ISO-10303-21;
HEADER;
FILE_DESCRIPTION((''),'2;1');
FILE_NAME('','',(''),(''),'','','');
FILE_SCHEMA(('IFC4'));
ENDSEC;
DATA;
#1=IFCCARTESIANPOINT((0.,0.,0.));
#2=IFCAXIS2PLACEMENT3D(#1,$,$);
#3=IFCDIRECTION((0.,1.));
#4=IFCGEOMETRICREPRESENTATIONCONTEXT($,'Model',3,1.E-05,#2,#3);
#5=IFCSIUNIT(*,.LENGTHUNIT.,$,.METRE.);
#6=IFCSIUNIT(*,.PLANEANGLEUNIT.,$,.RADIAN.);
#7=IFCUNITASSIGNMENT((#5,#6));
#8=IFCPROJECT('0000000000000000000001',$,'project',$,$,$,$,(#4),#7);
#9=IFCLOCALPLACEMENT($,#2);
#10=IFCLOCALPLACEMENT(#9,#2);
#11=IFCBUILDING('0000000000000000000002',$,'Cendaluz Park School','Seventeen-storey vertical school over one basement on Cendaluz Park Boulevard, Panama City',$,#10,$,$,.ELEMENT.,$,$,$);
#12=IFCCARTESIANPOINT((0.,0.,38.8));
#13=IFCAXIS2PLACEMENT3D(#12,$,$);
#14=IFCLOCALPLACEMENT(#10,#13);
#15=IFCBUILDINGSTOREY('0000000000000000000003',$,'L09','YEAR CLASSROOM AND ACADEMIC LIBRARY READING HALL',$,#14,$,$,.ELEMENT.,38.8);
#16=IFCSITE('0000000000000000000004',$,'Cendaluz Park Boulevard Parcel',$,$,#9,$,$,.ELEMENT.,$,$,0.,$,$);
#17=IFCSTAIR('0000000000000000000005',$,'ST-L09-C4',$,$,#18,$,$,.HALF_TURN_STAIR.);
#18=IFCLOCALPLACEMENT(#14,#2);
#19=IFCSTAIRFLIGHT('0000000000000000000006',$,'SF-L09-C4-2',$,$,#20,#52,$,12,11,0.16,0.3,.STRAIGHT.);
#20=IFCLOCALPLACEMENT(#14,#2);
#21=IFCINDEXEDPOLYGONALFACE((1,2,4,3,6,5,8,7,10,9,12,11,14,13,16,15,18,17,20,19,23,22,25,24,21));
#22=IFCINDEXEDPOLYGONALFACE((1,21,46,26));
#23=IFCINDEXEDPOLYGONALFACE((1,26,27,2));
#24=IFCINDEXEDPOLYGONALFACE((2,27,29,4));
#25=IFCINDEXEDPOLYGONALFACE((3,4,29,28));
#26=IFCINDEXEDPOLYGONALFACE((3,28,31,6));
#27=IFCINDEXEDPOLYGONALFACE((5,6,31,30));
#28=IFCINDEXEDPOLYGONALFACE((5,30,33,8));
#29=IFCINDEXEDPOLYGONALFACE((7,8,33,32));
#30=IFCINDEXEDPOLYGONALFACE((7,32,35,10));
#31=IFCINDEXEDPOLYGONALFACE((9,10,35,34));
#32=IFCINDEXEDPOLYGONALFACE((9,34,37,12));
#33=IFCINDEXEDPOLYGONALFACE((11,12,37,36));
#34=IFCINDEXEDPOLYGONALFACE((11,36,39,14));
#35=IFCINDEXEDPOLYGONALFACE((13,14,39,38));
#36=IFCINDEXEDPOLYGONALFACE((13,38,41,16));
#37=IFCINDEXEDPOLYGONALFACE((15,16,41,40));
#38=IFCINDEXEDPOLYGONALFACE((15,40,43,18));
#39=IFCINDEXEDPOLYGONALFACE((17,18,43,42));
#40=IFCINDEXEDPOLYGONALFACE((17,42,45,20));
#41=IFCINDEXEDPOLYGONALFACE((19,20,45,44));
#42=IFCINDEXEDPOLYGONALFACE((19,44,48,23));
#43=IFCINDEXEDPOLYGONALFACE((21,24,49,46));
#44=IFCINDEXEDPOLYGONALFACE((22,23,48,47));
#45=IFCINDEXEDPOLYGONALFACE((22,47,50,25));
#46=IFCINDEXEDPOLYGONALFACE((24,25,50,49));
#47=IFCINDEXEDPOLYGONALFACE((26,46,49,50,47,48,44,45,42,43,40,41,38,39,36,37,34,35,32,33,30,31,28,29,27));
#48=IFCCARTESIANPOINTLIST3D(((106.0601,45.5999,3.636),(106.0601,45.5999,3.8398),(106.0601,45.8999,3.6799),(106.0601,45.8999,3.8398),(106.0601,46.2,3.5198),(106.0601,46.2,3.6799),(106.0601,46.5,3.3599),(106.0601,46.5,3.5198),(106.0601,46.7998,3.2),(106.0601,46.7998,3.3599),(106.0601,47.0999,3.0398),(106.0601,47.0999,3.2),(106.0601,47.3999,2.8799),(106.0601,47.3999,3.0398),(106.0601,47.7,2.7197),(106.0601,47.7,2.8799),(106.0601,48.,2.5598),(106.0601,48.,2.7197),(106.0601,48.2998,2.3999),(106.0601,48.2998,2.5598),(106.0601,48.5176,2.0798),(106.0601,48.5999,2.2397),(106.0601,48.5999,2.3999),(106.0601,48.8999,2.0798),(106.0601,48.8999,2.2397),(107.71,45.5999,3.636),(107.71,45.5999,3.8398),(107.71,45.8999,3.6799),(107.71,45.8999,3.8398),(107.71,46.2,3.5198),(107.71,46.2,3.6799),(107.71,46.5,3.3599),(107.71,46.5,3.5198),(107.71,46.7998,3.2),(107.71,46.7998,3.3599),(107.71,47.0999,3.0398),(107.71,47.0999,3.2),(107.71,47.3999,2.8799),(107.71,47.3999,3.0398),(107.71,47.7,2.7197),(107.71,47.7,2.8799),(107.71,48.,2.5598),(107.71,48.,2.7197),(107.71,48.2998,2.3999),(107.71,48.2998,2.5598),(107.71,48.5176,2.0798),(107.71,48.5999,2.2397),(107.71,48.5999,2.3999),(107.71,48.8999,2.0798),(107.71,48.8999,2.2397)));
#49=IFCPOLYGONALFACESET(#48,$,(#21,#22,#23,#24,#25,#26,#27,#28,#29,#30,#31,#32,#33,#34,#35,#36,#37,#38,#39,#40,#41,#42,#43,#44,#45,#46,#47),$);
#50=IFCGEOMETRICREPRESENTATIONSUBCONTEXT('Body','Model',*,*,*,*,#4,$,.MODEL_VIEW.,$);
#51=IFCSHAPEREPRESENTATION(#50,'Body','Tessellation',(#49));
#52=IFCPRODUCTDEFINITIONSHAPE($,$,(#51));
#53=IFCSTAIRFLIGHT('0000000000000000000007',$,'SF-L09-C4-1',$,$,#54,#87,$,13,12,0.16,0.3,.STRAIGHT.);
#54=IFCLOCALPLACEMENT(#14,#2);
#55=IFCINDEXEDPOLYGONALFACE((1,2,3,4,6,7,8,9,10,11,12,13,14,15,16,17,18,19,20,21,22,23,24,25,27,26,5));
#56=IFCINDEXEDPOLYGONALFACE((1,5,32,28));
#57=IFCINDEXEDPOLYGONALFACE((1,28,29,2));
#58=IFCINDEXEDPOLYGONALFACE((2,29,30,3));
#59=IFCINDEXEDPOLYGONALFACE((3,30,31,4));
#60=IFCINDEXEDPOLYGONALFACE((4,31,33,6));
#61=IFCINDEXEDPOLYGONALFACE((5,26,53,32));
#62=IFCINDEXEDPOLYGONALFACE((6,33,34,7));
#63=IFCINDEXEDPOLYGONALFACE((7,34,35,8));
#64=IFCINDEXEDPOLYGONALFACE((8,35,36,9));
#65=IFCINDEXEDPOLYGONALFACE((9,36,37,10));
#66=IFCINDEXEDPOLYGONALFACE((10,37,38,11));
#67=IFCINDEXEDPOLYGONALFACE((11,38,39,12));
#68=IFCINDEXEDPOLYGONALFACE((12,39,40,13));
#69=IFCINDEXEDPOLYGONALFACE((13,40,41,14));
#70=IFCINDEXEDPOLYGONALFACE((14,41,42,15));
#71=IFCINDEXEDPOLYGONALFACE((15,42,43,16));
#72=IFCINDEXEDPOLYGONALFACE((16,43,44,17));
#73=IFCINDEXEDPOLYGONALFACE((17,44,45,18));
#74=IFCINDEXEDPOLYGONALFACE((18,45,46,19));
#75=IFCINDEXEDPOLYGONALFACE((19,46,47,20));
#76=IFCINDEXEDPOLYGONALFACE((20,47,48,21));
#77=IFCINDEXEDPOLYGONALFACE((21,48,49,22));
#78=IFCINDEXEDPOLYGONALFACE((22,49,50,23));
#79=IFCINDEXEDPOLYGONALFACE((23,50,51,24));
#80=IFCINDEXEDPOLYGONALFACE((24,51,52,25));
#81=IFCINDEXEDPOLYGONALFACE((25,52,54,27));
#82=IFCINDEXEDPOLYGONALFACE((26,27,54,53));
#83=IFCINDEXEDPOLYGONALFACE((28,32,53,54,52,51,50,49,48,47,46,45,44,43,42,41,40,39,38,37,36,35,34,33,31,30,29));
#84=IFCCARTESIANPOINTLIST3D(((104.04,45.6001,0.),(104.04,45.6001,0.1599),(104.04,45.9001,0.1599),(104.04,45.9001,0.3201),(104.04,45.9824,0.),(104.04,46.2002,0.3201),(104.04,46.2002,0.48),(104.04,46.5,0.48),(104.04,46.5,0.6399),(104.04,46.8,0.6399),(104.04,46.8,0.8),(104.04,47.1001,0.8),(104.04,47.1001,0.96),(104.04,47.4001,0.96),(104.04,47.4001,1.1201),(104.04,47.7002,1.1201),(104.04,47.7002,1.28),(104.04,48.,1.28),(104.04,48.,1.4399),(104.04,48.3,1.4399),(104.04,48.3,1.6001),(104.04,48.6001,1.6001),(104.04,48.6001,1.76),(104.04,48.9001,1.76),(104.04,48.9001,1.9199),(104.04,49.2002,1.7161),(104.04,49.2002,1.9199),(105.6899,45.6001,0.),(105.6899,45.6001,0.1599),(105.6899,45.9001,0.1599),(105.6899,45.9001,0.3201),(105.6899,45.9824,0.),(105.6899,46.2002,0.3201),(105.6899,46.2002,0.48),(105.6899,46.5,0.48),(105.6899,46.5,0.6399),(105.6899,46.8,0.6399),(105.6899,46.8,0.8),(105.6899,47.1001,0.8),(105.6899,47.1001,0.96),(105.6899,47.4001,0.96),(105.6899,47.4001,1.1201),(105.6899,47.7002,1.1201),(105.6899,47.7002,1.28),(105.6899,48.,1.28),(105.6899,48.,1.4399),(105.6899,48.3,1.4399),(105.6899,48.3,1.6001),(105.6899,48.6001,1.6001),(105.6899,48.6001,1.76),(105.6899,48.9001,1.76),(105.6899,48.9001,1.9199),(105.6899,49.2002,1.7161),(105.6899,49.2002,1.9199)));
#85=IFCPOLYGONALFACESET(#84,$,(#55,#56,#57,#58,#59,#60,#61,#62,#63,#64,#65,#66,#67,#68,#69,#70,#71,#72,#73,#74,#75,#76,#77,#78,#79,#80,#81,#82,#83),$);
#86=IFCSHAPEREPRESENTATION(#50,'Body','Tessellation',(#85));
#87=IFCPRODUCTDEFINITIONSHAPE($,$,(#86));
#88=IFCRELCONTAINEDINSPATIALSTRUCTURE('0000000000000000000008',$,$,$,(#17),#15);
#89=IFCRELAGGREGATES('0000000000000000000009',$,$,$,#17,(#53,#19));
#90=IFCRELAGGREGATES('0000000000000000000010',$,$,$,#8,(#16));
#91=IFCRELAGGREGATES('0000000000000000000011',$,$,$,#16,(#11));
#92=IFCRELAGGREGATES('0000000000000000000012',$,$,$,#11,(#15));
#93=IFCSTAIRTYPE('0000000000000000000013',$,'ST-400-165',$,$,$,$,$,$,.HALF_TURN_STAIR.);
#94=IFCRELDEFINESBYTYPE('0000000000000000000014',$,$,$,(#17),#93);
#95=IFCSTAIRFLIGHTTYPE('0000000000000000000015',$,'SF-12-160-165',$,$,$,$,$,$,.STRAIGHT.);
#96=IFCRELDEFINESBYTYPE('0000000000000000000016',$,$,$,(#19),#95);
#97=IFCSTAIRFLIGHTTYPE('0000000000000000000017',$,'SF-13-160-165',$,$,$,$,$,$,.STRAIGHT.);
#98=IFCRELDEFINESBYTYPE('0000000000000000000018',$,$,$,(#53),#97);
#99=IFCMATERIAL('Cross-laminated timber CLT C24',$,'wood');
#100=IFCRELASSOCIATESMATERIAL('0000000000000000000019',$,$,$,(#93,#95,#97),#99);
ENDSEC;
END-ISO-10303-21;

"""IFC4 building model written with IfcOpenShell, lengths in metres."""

from ifc_helpers import new_model, si_unit, direction, frame, origin, place, context, subcontext, project, spatial, polyline, outline, extrude, material, type_object, element, aggregate, save


model = new_model("IFC4")

# Units and contexts
model_context = context("Model", 3, precision=1e-05, world=origin(), true_north=direction((0.0, 1.0)))
body_context = subcontext(model_context, "Body", "Model", "MODEL_VIEW")
ifc_project = project(units=[si_unit("LENGTHUNIT", "METRE"), si_unit("PLANEANGLEUNIT", "RADIAN")], contexts=[model_context])

# Site, building, storey
site_placement = place(None, origin())
site = spatial("IfcSite", under=ifc_project, at=site_placement, Name="Cendaluz Park Boulevard Parcel", CompositionType="ELEMENT", RefElevation=0.0)
building_placement = place(site_placement, origin())
building = spatial("IfcBuilding", under=site, at=building_placement, Name="Cendaluz Park School", Description="Seventeen-storey vertical school over one basement on Cendaluz Park Boulevard, Panama City", CompositionType="ELEMENT")
storey_placement = place(building_placement, frame((0.0, 0.0, 38.8)))
storey = spatial("IfcBuildingStorey", under=building, at=storey_placement, Name="L09", Description="YEAR CLASSROOM AND ACADEMIC LIBRARY READING HALL", CompositionType="ELEMENT", Elevation=38.8)

# Shared definitions
ifc_material_1 = material(Name="Cross-laminated timber CLT C24", Category="wood")

# Stair, stair flights
stair_type = type_object("IfcStairType", Name="ST-400-165", PredefinedType="HALF_TURN_STAIR", material=ifc_material_1)
stair_placement = place(storey_placement, origin())
stair = element("IfcStair", 1, at=stair_placement, inside=storey, type_object=stair_type, Name="ST-L09-C4", PredefinedType="HALF_TURN_STAIR")
stair_flight_type_1 = type_object("IfcStairFlightType", Name="SF-12-160-165", PredefinedType="STRAIGHT", material=ifc_material_1)
stair_flight_1_placement = place(storey_placement, frame((106.885, 48.8999, 2.0798), z_axis=(0.0, 0.0, 1.0), x_axis=(0.0, -1.0, 0.0)))
stair_flight_1 = element("IfcStairFlight", 2, at=stair_flight_1_placement, type_object=stair_flight_type_1, Name="SF-L09-C4-2", NumberOfRisers=12, NumberOfTreads=11, PredefinedType="STRAIGHT", RiserHeight=0.16, TreadLength=0.3, context=body_context, shape_type="SweptSolid", body=[
    extrude(outline(polyline([(0.0, 0.0), (0.0, 0.1599), (0.3, 0.1599), (0.3, 0.3201), (0.6001, 0.3201), (0.6001, 0.48), (0.8999, 0.48), (0.8999, 0.6399), (1.2, 0.6399), (1.2, 0.8), (1.5, 0.8), (1.5, 0.96), (1.8, 0.96), (1.8, 1.1201), (2.1001, 1.1201), (2.1001, 1.28), (2.3999, 1.28), (2.3999, 1.4399), (2.7, 1.4399), (2.7, 1.6001), (3.0, 1.6001), (3.0, 1.76), (3.3, 1.76), (3.3, 1.9199), (3.3, 1.5562), (0.3823, 0.0), (0.0, 0.0)])), frame((0.0, 0.825, 0.0), z_axis=(0.0, -1.0, 0.0), x_axis=(1.0, 0.0, 0.0)), (0.0, 0.0, 1.0), 1.6499),
])
stair_flight_type_2 = type_object("IfcStairFlightType", Name="SF-13-160-165", PredefinedType="STRAIGHT", material=ifc_material_1)
stair_flight_2_placement = place(storey_placement, frame((104.865, 45.6001, 0.0), z_axis=(0.0, 0.0, 1.0), x_axis=(0.0, 1.0, 0.0)))
stair_flight_2 = element("IfcStairFlight", 3, at=stair_flight_2_placement, type_object=stair_flight_type_2, Name="SF-L09-C4-1", NumberOfRisers=13, NumberOfTreads=12, PredefinedType="STRAIGHT", RiserHeight=0.16, TreadLength=0.3, context=body_context, shape_type="SweptSolid", body=[
    extrude(outline(polyline([(0.0, 0.0), (0.0, 0.1599), (0.3, 0.1599), (0.3, 0.3201), (0.6001, 0.3201), (0.6001, 0.48), (0.8999, 0.48), (0.8999, 0.6399), (1.2, 0.6399), (1.2, 0.8), (1.5, 0.8), (1.5, 0.96), (1.8, 0.96), (1.8, 1.1201), (2.1001, 1.1201), (2.1001, 1.28), (2.3999, 1.28), (2.3999, 1.4399), (2.7, 1.4399), (2.7, 1.6001), (3.0, 1.6001), (3.0, 1.76), (3.3, 1.76), (3.3, 1.9199), (3.6001, 1.9199), (3.6001, 2.0801), (3.6001, 1.7161), (0.3823, 0.0), (0.0, 0.0)])), frame((0.0, 0.825, 0.0), z_axis=(0.0, -1.0, 0.0), x_axis=(1.0, 0.0, 0.0)), (0.0, 0.0, 1.0), 1.6499),
])
aggregate(stair, [stair_flight_2, stair_flight_1])

save(model, "model.ifc")
